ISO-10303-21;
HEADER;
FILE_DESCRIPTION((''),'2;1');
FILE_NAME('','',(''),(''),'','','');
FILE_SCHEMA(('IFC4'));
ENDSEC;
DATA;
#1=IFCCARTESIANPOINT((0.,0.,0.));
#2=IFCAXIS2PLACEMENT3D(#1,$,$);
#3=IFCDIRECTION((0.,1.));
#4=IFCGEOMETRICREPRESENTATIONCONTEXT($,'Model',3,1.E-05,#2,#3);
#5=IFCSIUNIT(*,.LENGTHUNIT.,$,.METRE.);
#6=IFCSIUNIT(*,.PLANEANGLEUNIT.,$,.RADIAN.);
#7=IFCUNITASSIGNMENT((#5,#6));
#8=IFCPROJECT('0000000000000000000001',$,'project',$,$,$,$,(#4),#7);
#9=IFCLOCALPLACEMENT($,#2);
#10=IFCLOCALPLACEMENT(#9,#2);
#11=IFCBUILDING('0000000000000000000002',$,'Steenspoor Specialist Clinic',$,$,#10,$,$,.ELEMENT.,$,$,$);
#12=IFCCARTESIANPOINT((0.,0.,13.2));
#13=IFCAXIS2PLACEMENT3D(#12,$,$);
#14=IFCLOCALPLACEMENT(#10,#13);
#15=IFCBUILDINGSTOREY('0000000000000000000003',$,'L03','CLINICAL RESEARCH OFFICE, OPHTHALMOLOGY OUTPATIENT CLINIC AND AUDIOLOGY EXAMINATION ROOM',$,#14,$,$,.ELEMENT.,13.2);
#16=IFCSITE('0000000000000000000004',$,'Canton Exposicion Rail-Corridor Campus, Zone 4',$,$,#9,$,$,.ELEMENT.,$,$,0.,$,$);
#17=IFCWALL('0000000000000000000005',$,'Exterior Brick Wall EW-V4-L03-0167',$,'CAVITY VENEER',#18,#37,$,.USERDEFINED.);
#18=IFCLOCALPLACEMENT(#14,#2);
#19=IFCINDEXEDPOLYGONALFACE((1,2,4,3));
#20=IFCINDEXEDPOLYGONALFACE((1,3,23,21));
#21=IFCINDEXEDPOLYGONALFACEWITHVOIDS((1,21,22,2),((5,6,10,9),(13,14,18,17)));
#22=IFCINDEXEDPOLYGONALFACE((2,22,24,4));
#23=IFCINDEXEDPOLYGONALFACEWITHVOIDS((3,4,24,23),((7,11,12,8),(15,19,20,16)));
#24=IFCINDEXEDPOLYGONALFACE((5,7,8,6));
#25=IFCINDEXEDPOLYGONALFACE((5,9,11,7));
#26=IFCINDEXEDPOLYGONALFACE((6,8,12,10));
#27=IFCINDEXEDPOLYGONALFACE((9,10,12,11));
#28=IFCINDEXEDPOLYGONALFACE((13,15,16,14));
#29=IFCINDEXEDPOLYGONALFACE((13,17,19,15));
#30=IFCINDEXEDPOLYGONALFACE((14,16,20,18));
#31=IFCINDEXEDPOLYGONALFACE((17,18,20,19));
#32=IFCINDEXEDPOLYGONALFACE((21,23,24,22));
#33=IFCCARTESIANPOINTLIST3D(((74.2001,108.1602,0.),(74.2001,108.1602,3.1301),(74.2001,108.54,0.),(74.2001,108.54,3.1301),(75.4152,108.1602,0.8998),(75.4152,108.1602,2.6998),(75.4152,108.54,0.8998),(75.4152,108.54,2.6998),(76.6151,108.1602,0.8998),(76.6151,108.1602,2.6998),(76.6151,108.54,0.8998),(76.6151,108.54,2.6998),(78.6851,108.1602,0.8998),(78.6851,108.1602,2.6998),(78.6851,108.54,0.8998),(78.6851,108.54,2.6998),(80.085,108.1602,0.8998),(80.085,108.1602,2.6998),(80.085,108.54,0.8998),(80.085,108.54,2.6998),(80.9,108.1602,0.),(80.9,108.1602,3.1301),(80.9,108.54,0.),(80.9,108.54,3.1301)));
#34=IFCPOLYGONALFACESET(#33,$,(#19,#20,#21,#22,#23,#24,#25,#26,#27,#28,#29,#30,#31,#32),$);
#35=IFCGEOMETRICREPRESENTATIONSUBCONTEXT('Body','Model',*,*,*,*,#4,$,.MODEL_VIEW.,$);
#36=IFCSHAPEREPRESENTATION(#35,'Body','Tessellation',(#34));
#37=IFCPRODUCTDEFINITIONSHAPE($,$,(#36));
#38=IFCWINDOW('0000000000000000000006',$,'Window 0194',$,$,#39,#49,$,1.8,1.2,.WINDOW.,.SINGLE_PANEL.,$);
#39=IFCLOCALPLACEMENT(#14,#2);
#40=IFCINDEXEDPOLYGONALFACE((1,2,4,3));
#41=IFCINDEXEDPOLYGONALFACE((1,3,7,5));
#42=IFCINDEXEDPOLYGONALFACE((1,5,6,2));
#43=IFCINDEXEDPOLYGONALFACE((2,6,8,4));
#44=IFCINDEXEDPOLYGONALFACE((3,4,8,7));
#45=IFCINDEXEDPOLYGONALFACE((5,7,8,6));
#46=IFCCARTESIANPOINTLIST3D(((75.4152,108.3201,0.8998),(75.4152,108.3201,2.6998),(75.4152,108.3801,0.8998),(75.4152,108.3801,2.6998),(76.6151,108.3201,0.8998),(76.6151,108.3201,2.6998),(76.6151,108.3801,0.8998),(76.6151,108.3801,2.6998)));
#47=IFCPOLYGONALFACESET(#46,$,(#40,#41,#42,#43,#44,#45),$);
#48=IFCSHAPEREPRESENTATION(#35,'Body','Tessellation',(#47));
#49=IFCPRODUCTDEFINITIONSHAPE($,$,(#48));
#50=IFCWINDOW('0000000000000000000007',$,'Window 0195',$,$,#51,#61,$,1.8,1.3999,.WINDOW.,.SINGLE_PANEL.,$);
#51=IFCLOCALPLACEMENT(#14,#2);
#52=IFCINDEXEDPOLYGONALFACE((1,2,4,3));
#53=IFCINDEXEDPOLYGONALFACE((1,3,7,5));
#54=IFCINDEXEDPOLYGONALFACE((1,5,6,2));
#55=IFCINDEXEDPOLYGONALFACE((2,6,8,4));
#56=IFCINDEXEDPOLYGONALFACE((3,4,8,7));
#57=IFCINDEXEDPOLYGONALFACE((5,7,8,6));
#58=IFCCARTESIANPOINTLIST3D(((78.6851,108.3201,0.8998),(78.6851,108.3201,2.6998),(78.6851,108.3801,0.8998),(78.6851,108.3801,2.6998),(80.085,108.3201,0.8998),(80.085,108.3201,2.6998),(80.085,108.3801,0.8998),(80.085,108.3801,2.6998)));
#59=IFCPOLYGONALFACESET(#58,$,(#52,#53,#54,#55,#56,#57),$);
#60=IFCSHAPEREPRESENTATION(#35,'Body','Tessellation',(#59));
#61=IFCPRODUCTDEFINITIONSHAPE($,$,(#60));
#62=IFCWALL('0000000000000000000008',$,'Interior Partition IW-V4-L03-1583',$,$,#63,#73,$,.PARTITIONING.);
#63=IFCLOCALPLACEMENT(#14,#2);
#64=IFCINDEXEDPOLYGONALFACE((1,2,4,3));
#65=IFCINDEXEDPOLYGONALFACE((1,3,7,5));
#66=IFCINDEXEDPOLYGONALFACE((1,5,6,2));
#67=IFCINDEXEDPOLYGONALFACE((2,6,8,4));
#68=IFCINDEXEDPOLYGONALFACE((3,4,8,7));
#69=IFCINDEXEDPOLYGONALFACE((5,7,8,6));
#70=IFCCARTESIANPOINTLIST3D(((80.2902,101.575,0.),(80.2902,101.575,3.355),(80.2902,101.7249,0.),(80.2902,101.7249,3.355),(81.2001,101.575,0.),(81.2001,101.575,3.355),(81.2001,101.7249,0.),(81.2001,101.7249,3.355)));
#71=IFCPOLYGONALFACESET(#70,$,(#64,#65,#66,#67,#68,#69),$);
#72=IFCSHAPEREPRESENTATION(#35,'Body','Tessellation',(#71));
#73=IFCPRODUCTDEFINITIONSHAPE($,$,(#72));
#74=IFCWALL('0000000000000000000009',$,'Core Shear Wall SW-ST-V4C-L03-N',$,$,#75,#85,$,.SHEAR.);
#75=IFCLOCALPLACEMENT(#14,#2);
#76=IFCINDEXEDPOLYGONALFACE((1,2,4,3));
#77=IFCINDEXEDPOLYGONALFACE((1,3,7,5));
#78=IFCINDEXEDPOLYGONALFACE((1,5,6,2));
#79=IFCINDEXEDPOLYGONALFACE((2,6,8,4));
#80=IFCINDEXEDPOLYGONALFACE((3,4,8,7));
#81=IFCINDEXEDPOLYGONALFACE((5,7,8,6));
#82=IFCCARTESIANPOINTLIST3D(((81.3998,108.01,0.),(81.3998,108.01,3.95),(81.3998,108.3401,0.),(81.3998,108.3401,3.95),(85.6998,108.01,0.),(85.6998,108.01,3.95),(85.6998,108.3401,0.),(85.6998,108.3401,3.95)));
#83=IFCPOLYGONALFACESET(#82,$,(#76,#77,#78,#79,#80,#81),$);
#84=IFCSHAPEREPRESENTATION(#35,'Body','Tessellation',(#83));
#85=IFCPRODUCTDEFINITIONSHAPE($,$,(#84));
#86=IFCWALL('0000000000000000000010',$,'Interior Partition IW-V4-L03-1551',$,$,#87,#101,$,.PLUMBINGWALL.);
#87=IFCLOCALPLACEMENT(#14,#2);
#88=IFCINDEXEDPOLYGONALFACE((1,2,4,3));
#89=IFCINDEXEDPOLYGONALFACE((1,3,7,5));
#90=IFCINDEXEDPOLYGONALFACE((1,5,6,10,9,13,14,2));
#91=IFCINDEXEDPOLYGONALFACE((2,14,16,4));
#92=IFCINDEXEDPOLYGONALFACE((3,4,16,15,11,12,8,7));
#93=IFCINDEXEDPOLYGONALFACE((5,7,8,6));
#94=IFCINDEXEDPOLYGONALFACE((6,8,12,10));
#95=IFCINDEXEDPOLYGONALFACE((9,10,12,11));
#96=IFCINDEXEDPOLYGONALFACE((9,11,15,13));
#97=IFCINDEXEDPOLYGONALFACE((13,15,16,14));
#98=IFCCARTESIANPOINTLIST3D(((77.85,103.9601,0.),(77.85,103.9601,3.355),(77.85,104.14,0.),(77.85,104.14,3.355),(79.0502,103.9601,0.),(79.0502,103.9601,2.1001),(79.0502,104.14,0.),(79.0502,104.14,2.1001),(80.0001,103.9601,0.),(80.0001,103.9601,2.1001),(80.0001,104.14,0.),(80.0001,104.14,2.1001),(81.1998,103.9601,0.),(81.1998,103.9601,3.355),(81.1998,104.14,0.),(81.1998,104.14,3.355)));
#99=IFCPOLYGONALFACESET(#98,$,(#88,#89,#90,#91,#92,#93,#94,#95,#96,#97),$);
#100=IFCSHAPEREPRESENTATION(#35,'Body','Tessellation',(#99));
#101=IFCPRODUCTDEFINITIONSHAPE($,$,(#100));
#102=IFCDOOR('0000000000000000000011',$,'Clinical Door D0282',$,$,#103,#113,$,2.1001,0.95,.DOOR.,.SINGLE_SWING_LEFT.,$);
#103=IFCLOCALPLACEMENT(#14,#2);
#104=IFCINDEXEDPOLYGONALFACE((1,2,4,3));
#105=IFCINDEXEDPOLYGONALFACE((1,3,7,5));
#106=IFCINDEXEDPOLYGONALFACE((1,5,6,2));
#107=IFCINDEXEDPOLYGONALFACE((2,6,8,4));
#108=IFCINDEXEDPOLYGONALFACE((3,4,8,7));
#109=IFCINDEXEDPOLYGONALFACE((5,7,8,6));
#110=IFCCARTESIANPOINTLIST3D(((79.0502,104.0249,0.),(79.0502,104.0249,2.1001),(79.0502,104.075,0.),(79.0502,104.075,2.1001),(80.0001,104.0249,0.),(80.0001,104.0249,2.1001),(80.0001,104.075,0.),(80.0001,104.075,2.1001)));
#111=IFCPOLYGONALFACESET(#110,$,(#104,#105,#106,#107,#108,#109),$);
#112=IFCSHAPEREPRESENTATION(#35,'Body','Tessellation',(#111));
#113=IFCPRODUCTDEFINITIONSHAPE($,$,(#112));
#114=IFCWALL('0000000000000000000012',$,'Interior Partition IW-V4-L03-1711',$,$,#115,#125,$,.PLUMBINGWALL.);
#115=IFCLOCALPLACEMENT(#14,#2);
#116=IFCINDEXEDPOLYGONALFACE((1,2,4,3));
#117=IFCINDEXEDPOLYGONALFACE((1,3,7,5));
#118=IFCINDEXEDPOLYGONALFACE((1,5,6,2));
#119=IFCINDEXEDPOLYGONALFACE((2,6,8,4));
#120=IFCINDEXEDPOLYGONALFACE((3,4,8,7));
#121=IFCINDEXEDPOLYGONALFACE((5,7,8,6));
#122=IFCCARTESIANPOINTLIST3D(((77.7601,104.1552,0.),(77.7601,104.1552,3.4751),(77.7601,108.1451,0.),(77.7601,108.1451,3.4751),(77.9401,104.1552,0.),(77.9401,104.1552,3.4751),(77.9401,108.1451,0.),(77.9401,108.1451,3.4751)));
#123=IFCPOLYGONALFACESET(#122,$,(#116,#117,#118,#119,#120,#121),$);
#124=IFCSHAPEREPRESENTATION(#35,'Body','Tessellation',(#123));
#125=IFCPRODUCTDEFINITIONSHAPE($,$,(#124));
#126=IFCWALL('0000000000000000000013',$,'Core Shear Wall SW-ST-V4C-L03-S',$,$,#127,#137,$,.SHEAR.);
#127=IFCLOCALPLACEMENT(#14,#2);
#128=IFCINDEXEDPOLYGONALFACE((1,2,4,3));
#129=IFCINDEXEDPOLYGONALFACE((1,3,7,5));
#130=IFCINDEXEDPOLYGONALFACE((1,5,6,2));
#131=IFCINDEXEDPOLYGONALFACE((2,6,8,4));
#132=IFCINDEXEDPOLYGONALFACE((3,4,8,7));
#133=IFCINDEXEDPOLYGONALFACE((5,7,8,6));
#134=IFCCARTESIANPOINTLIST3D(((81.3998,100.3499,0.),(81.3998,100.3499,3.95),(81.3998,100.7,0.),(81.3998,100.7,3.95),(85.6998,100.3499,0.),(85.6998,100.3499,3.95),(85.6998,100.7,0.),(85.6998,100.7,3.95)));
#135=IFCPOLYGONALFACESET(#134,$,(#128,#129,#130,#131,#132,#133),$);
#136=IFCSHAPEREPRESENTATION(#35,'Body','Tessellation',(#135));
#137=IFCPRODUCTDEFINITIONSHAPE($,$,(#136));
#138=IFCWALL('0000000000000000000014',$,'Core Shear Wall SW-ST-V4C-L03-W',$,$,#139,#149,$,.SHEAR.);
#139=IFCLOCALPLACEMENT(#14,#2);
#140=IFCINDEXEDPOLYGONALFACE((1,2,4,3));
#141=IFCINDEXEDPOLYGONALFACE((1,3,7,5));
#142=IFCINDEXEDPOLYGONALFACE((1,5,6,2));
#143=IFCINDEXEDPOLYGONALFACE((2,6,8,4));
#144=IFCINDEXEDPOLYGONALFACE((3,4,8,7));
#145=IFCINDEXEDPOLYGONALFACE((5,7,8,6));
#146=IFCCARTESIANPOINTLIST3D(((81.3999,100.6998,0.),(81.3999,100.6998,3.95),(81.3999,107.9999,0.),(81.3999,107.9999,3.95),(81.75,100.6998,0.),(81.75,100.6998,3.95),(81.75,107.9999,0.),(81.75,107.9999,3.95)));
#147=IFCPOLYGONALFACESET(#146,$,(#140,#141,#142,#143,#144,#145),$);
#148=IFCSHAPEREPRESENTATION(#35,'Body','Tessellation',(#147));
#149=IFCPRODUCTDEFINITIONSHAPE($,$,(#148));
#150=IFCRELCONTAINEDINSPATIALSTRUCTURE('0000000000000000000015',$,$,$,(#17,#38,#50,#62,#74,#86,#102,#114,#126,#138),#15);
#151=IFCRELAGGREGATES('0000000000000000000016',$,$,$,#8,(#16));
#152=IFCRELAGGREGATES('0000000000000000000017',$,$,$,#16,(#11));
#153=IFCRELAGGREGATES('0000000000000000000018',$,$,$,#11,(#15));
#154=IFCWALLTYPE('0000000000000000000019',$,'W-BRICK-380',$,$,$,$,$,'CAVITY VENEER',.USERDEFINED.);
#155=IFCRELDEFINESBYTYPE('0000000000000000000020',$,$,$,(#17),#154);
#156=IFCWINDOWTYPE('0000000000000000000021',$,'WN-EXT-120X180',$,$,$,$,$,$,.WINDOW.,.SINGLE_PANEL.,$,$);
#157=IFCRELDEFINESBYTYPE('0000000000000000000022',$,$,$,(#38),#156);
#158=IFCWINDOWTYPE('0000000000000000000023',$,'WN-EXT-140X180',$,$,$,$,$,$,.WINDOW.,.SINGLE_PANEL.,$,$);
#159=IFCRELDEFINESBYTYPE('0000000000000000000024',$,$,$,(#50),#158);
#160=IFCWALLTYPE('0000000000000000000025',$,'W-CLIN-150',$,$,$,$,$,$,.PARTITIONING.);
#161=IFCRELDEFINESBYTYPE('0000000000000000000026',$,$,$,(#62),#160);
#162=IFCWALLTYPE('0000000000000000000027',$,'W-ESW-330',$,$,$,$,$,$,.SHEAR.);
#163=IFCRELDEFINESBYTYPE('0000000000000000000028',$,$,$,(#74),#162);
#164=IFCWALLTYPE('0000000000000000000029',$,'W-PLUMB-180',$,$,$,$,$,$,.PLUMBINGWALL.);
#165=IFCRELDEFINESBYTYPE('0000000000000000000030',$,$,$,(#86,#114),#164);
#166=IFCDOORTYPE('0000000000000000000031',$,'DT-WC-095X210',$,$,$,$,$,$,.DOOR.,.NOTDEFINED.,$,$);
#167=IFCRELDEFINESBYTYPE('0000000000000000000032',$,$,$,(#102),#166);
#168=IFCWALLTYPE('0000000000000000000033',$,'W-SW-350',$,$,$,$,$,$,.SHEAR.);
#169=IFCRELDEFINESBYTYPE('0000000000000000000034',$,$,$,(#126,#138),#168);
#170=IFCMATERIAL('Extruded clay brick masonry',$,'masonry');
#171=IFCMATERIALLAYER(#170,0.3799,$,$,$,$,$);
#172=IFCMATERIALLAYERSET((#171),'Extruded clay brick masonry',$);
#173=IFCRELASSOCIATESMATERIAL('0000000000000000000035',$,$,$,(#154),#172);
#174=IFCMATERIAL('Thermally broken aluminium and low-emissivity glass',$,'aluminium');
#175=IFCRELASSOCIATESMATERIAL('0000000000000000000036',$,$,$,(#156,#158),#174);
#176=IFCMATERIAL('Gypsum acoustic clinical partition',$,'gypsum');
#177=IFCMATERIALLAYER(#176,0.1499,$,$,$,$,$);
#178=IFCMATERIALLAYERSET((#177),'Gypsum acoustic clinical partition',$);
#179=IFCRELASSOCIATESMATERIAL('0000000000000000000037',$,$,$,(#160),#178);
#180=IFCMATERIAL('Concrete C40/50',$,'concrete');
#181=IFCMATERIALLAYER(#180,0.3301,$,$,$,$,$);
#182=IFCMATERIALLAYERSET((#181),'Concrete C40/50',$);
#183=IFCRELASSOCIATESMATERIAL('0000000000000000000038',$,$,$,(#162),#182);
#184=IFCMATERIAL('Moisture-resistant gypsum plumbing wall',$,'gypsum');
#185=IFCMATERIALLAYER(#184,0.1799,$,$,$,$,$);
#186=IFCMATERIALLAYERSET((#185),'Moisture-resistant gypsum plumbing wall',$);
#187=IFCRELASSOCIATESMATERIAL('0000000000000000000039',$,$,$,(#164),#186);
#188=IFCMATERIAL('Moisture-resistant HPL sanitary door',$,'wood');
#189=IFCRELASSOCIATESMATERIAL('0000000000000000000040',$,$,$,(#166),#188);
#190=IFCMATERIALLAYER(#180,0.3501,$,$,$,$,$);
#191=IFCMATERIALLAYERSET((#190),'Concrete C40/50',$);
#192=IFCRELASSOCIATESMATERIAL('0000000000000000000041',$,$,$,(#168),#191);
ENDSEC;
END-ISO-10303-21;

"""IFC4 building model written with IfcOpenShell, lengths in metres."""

from ifc_helpers import new_model, si_unit, direction, frame, frame_2d, origin, place, context, subcontext, project, spatial, rectangle, extrude, material, layer, layer_set, type_object, element, fill, save


model = new_model("IFC4")

# Units and contexts
model_context = context("Model", 3, precision=1e-05, world=origin(), true_north=direction((0.0, 1.0)))
body_context = subcontext(model_context, "Body", "Model", "MODEL_VIEW")
ifc_project = project(units=[si_unit("LENGTHUNIT", "METRE"), si_unit("PLANEANGLEUNIT", "RADIAN")], contexts=[model_context])

# Site, building, storey
site_placement = place(None, origin())
site = spatial("IfcSite", under=ifc_project, at=site_placement, Name="Canton Exposicion Rail-Corridor Campus, Zone 4", CompositionType="ELEMENT", RefElevation=0.0)
building_placement = place(site_placement, origin())
building = spatial("IfcBuilding", under=site, at=building_placement, Name="Steenspoor Specialist Clinic", CompositionType="ELEMENT")
storey_placement = place(building_placement, frame((0.0, 0.0, 13.2)))
storey = spatial("IfcBuildingStorey", under=building, at=storey_placement, Name="L03", Description="CLINICAL RESEARCH OFFICE, OPHTHALMOLOGY OUTPATIENT CLINIC AND AUDIOLOGY EXAMINATION ROOM", CompositionType="ELEMENT", Elevation=13.2)

# Shared definitions
ifc_material_1 = material(Name="Concrete C40/50", Category="concrete")

# Wall, openings, windows
ifc_material_2 = material(Name="Extruded clay brick masonry", Category="masonry")
ifc_layer_1 = layer(ifc_material_2, 0.3799)
ifc_layer_set_1 = layer_set([ifc_layer_1], Name="Extruded clay brick masonry")
wall_type_1 = type_object("IfcWallType", Name="W-BRICK-380", ElementType="CAVITY VENEER", PredefinedType="USERDEFINED", material=ifc_layer_set_1)
wall_1_placement = place(storey_placement, frame((74.2, 108.3501, 0.0), z_axis=(0.0, 0.0, 1.0), x_axis=(1.0, 0.0, 0.0)))
wall_1 = element("IfcWall", 1, at=wall_1_placement, inside=storey, type_object=wall_type_1, Name="Exterior Brick Wall EW-V4-L03-0167", ObjectType="CAVITY VENEER", PredefinedType="USERDEFINED", context=body_context, shape_type="SweptSolid", body=[
    extrude(rectangle(XDim=6.7, YDim=0.3799, at=frame_2d((3.3501, 0.0))), origin(), (0.0, 0.0, 1.0), 3.1301),
])
opening_1_placement = place(wall_1_placement, frame((1.2151, 0.0, 0.8999)))
opening_1 = element("IfcOpeningElement", 2, at=opening_1_placement, cuts=wall_1, PredefinedType="OPENING", context=body_context, shape_type="SweptSolid", body=[
    extrude(rectangle(XDim=1.2, YDim=1.8, at=frame_2d((0.6001, 0.8999))), frame((0.0, 0.2, 0.0), z_axis=(0.0, -1.0, 0.0), x_axis=(1.0, 0.0, 0.0)), (0.0, 0.0, 1.0), 0.3999),
])
opening_2_placement = place(wall_1_placement, frame((4.4851, 0.0, 0.8999)))
opening_2 = element("IfcOpeningElement", 3, at=opening_2_placement, cuts=wall_1, PredefinedType="OPENING", context=body_context, shape_type="SweptSolid", body=[
    extrude(rectangle(XDim=1.3999, YDim=1.8, at=frame_2d((0.7, 0.8999))), frame((0.0, 0.2, 0.0), z_axis=(0.0, -1.0, 0.0), x_axis=(1.0, 0.0, 0.0)), (0.0, 0.0, 1.0), 0.3999),
])
ifc_material_3 = material(Name="Thermally broken aluminium and low-emissivity glass", Category="aluminium")
window_type_1 = type_object("IfcWindowType", Name="WN-EXT-120X180", PartitioningType="SINGLE_PANEL", PredefinedType="WINDOW", material=ifc_material_3)
window_1_placement = place(opening_1_placement, origin())
window_1 = element("IfcWindow", 4, at=window_1_placement, inside=storey, type_object=window_type_1, Name="Window 0194", OverallHeight=1.8, OverallWidth=1.2, PartitioningType="SINGLE_PANEL", PredefinedType="WINDOW", context=body_context, shape_type="SweptSolid", body=[
    extrude(rectangle(XDim=1.2, YDim=1.8, at=frame_2d((0.6001, 0.8999))), frame((0.0, 0.03, 0.0), z_axis=(0.0, -1.0, 0.0), x_axis=(1.0, 0.0, 0.0)), (0.0, 0.0, 1.0), 0.0601),
])
fill(opening_1, window_1)
window_type_2 = type_object("IfcWindowType", Name="WN-EXT-140X180", PartitioningType="SINGLE_PANEL", PredefinedType="WINDOW", material=ifc_material_3)
window_2_placement = place(opening_2_placement, origin())
window_2 = element("IfcWindow", 5, at=window_2_placement, inside=storey, type_object=window_type_2, Name="Window 0195", OverallHeight=1.8, OverallWidth=1.3999, PartitioningType="SINGLE_PANEL", PredefinedType="WINDOW", context=body_context, shape_type="SweptSolid", body=[
    extrude(rectangle(XDim=1.3999, YDim=1.8, at=frame_2d((0.7, 0.8999))), frame((0.0, 0.03, 0.0), z_axis=(0.0, -1.0, 0.0), x_axis=(1.0, 0.0, 0.0)), (0.0, 0.0, 1.0), 0.0601),
])
fill(opening_2, window_2)

# Walls
ifc_material_4 = material(Name="Gypsum acoustic clinical partition", Category="gypsum")
ifc_layer_2 = layer(ifc_material_4, 0.1499)
ifc_layer_set_2 = layer_set([ifc_layer_2], Name="Gypsum acoustic clinical partition")
wall_type_2 = type_object("IfcWallType", Name="W-CLIN-150", PredefinedType="PARTITIONING", material=ifc_layer_set_2)
wall_2_placement = place(storey_placement, frame((80.29, 101.6499, 0.0), z_axis=(0.0, 0.0, 1.0), x_axis=(1.0, 0.0, 0.0)))
element("IfcWall", 6, at=wall_2_placement, inside=storey, type_object=wall_type_2, Name="Interior Partition IW-V4-L03-1583", PredefinedType="PARTITIONING", context=body_context, shape_type="SweptSolid", body=[
    extrude(rectangle(XDim=0.9099, YDim=0.1499, at=frame_2d((0.4551, 0.0))), origin(), (0.0, 0.0, 1.0), 3.355),
])
ifc_layer_3 = layer(ifc_material_1, 0.3301)
ifc_layer_set_3 = layer_set([ifc_layer_3], Name="Concrete C40/50")
wall_type_3 = type_object("IfcWallType", Name="W-ESW-330", PredefinedType="SHEAR", material=ifc_layer_set_3)
wall_3_placement = place(storey_placement, frame((81.3999, 108.175, 0.0), z_axis=(0.0, 0.0, 1.0), x_axis=(1.0, 0.0, 0.0)))
element("IfcWall", 7, at=wall_3_placement, inside=storey, type_object=wall_type_3, Name="Core Shear Wall SW-ST-V4C-L03-N", PredefinedType="SHEAR", context=body_context, shape_type="SweptSolid", body=[
    extrude(rectangle(XDim=4.3, YDim=0.3301, at=frame_2d((2.1499, 0.0))), origin(), (0.0, 0.0, 1.0), 3.95),
])

# Wall, opening, door
ifc_material_5 = material(Name="Moisture-resistant gypsum plumbing wall", Category="gypsum")
ifc_layer_4 = layer(ifc_material_5, 0.1799)
ifc_layer_set_4 = layer_set([ifc_layer_4], Name="Moisture-resistant gypsum plumbing wall")
wall_type_4 = type_object("IfcWallType", Name="W-PLUMB-180", PredefinedType="PLUMBINGWALL", material=ifc_layer_set_4)
wall_4_placement = place(storey_placement, frame((77.8501, 104.05, 0.0), z_axis=(0.0, 0.0, 1.0), x_axis=(1.0, 0.0, 0.0)))
wall_4 = element("IfcWall", 8, at=wall_4_placement, inside=storey, type_object=wall_type_4, Name="Interior Partition IW-V4-L03-1551", PredefinedType="PLUMBINGWALL", context=body_context, shape_type="SweptSolid", body=[
    extrude(rectangle(XDim=3.3499, YDim=0.1799, at=frame_2d((1.6748, 0.0))), origin(), (0.0, 0.0, 1.0), 3.355),
])
opening_3_placement = place(wall_4_placement, frame((1.2, 0.0, 0.0)))
opening_3 = element("IfcOpeningElement", 9, at=opening_3_placement, cuts=wall_4, PredefinedType="OPENING", context=body_context, shape_type="SweptSolid", body=[
    extrude(rectangle(XDim=0.95, YDim=2.1001, at=frame_2d((0.4751, 1.05))), frame((0.0, 0.1001, 0.0), z_axis=(0.0, -1.0, 0.0), x_axis=(1.0, 0.0, 0.0)), (0.0, 0.0, 1.0), 0.2),
])
ifc_material_6 = material(Name="Moisture-resistant HPL sanitary door", Category="wood")
door_type = type_object("IfcDoorType", Name="DT-WC-095X210", OperationType="NOTDEFINED", PredefinedType="DOOR", material=ifc_material_6)
door_placement = place(opening_3_placement, origin())
door = element("IfcDoor", 10, at=door_placement, inside=storey, type_object=door_type, Name="Clinical Door D0282", OperationType="SINGLE_SWING_LEFT", OverallHeight=2.1001, OverallWidth=0.95, PredefinedType="DOOR", context=body_context, shape_type="SweptSolid", body=[
    extrude(rectangle(XDim=0.95, YDim=2.1001, at=frame_2d((0.4751, 1.05))), frame((0.0, 0.0249, 0.0), z_axis=(0.0, -1.0, 0.0), x_axis=(1.0, 0.0, 0.0)), (0.0, 0.0, 1.0), 0.05),
])
fill(opening_3, door)

# Walls
wall_5_placement = place(storey_placement, frame((77.8501, 104.155, 0.0), z_axis=(0.0, 0.0, 1.0), x_axis=(0.0, 1.0, 0.0)))
element("IfcWall", 11, at=wall_5_placement, inside=storey, type_object=wall_type_4, Name="Interior Partition IW-V4-L03-1711", PredefinedType="PLUMBINGWALL", context=body_context, shape_type="SweptSolid", body=[
    extrude(rectangle(XDim=3.99, YDim=0.1799, at=frame_2d((1.9951, 0.0))), origin(), (0.0, 0.0, 1.0), 3.4751),
])
ifc_layer_5 = layer(ifc_material_1, 0.3501)
ifc_layer_set_5 = layer_set([ifc_layer_5], Name="Concrete C40/50")
wall_type_5 = type_object("IfcWallType", Name="W-SW-350", PredefinedType="SHEAR", material=ifc_layer_set_5)
wall_6_placement = place(storey_placement, frame((81.3999, 100.5249, 0.0), z_axis=(0.0, 0.0, 1.0), x_axis=(1.0, 0.0, 0.0)))
element("IfcWall", 12, at=wall_6_placement, inside=storey, type_object=wall_type_5, Name="Core Shear Wall SW-ST-V4C-L03-S", PredefinedType="SHEAR", context=body_context, shape_type="SweptSolid", body=[
    extrude(rectangle(XDim=4.3, YDim=0.3501, at=frame_2d((2.1499, 0.0))), origin(), (0.0, 0.0, 1.0), 3.95),
])
wall_7_placement = place(storey_placement, frame((81.575, 100.7, 0.0), z_axis=(0.0, 0.0, 1.0), x_axis=(0.0, 1.0, 0.0)))
element("IfcWall", 13, at=wall_7_placement, inside=storey, type_object=wall_type_5, Name="Core Shear Wall SW-ST-V4C-L03-W", PredefinedType="SHEAR", context=body_context, shape_type="SweptSolid", body=[
    extrude(rectangle(XDim=7.3, YDim=0.3501, at=frame_2d((3.6499, 0.0))), origin(), (0.0, 0.0, 1.0), 3.95),
])

save(model, "model.ifc")
